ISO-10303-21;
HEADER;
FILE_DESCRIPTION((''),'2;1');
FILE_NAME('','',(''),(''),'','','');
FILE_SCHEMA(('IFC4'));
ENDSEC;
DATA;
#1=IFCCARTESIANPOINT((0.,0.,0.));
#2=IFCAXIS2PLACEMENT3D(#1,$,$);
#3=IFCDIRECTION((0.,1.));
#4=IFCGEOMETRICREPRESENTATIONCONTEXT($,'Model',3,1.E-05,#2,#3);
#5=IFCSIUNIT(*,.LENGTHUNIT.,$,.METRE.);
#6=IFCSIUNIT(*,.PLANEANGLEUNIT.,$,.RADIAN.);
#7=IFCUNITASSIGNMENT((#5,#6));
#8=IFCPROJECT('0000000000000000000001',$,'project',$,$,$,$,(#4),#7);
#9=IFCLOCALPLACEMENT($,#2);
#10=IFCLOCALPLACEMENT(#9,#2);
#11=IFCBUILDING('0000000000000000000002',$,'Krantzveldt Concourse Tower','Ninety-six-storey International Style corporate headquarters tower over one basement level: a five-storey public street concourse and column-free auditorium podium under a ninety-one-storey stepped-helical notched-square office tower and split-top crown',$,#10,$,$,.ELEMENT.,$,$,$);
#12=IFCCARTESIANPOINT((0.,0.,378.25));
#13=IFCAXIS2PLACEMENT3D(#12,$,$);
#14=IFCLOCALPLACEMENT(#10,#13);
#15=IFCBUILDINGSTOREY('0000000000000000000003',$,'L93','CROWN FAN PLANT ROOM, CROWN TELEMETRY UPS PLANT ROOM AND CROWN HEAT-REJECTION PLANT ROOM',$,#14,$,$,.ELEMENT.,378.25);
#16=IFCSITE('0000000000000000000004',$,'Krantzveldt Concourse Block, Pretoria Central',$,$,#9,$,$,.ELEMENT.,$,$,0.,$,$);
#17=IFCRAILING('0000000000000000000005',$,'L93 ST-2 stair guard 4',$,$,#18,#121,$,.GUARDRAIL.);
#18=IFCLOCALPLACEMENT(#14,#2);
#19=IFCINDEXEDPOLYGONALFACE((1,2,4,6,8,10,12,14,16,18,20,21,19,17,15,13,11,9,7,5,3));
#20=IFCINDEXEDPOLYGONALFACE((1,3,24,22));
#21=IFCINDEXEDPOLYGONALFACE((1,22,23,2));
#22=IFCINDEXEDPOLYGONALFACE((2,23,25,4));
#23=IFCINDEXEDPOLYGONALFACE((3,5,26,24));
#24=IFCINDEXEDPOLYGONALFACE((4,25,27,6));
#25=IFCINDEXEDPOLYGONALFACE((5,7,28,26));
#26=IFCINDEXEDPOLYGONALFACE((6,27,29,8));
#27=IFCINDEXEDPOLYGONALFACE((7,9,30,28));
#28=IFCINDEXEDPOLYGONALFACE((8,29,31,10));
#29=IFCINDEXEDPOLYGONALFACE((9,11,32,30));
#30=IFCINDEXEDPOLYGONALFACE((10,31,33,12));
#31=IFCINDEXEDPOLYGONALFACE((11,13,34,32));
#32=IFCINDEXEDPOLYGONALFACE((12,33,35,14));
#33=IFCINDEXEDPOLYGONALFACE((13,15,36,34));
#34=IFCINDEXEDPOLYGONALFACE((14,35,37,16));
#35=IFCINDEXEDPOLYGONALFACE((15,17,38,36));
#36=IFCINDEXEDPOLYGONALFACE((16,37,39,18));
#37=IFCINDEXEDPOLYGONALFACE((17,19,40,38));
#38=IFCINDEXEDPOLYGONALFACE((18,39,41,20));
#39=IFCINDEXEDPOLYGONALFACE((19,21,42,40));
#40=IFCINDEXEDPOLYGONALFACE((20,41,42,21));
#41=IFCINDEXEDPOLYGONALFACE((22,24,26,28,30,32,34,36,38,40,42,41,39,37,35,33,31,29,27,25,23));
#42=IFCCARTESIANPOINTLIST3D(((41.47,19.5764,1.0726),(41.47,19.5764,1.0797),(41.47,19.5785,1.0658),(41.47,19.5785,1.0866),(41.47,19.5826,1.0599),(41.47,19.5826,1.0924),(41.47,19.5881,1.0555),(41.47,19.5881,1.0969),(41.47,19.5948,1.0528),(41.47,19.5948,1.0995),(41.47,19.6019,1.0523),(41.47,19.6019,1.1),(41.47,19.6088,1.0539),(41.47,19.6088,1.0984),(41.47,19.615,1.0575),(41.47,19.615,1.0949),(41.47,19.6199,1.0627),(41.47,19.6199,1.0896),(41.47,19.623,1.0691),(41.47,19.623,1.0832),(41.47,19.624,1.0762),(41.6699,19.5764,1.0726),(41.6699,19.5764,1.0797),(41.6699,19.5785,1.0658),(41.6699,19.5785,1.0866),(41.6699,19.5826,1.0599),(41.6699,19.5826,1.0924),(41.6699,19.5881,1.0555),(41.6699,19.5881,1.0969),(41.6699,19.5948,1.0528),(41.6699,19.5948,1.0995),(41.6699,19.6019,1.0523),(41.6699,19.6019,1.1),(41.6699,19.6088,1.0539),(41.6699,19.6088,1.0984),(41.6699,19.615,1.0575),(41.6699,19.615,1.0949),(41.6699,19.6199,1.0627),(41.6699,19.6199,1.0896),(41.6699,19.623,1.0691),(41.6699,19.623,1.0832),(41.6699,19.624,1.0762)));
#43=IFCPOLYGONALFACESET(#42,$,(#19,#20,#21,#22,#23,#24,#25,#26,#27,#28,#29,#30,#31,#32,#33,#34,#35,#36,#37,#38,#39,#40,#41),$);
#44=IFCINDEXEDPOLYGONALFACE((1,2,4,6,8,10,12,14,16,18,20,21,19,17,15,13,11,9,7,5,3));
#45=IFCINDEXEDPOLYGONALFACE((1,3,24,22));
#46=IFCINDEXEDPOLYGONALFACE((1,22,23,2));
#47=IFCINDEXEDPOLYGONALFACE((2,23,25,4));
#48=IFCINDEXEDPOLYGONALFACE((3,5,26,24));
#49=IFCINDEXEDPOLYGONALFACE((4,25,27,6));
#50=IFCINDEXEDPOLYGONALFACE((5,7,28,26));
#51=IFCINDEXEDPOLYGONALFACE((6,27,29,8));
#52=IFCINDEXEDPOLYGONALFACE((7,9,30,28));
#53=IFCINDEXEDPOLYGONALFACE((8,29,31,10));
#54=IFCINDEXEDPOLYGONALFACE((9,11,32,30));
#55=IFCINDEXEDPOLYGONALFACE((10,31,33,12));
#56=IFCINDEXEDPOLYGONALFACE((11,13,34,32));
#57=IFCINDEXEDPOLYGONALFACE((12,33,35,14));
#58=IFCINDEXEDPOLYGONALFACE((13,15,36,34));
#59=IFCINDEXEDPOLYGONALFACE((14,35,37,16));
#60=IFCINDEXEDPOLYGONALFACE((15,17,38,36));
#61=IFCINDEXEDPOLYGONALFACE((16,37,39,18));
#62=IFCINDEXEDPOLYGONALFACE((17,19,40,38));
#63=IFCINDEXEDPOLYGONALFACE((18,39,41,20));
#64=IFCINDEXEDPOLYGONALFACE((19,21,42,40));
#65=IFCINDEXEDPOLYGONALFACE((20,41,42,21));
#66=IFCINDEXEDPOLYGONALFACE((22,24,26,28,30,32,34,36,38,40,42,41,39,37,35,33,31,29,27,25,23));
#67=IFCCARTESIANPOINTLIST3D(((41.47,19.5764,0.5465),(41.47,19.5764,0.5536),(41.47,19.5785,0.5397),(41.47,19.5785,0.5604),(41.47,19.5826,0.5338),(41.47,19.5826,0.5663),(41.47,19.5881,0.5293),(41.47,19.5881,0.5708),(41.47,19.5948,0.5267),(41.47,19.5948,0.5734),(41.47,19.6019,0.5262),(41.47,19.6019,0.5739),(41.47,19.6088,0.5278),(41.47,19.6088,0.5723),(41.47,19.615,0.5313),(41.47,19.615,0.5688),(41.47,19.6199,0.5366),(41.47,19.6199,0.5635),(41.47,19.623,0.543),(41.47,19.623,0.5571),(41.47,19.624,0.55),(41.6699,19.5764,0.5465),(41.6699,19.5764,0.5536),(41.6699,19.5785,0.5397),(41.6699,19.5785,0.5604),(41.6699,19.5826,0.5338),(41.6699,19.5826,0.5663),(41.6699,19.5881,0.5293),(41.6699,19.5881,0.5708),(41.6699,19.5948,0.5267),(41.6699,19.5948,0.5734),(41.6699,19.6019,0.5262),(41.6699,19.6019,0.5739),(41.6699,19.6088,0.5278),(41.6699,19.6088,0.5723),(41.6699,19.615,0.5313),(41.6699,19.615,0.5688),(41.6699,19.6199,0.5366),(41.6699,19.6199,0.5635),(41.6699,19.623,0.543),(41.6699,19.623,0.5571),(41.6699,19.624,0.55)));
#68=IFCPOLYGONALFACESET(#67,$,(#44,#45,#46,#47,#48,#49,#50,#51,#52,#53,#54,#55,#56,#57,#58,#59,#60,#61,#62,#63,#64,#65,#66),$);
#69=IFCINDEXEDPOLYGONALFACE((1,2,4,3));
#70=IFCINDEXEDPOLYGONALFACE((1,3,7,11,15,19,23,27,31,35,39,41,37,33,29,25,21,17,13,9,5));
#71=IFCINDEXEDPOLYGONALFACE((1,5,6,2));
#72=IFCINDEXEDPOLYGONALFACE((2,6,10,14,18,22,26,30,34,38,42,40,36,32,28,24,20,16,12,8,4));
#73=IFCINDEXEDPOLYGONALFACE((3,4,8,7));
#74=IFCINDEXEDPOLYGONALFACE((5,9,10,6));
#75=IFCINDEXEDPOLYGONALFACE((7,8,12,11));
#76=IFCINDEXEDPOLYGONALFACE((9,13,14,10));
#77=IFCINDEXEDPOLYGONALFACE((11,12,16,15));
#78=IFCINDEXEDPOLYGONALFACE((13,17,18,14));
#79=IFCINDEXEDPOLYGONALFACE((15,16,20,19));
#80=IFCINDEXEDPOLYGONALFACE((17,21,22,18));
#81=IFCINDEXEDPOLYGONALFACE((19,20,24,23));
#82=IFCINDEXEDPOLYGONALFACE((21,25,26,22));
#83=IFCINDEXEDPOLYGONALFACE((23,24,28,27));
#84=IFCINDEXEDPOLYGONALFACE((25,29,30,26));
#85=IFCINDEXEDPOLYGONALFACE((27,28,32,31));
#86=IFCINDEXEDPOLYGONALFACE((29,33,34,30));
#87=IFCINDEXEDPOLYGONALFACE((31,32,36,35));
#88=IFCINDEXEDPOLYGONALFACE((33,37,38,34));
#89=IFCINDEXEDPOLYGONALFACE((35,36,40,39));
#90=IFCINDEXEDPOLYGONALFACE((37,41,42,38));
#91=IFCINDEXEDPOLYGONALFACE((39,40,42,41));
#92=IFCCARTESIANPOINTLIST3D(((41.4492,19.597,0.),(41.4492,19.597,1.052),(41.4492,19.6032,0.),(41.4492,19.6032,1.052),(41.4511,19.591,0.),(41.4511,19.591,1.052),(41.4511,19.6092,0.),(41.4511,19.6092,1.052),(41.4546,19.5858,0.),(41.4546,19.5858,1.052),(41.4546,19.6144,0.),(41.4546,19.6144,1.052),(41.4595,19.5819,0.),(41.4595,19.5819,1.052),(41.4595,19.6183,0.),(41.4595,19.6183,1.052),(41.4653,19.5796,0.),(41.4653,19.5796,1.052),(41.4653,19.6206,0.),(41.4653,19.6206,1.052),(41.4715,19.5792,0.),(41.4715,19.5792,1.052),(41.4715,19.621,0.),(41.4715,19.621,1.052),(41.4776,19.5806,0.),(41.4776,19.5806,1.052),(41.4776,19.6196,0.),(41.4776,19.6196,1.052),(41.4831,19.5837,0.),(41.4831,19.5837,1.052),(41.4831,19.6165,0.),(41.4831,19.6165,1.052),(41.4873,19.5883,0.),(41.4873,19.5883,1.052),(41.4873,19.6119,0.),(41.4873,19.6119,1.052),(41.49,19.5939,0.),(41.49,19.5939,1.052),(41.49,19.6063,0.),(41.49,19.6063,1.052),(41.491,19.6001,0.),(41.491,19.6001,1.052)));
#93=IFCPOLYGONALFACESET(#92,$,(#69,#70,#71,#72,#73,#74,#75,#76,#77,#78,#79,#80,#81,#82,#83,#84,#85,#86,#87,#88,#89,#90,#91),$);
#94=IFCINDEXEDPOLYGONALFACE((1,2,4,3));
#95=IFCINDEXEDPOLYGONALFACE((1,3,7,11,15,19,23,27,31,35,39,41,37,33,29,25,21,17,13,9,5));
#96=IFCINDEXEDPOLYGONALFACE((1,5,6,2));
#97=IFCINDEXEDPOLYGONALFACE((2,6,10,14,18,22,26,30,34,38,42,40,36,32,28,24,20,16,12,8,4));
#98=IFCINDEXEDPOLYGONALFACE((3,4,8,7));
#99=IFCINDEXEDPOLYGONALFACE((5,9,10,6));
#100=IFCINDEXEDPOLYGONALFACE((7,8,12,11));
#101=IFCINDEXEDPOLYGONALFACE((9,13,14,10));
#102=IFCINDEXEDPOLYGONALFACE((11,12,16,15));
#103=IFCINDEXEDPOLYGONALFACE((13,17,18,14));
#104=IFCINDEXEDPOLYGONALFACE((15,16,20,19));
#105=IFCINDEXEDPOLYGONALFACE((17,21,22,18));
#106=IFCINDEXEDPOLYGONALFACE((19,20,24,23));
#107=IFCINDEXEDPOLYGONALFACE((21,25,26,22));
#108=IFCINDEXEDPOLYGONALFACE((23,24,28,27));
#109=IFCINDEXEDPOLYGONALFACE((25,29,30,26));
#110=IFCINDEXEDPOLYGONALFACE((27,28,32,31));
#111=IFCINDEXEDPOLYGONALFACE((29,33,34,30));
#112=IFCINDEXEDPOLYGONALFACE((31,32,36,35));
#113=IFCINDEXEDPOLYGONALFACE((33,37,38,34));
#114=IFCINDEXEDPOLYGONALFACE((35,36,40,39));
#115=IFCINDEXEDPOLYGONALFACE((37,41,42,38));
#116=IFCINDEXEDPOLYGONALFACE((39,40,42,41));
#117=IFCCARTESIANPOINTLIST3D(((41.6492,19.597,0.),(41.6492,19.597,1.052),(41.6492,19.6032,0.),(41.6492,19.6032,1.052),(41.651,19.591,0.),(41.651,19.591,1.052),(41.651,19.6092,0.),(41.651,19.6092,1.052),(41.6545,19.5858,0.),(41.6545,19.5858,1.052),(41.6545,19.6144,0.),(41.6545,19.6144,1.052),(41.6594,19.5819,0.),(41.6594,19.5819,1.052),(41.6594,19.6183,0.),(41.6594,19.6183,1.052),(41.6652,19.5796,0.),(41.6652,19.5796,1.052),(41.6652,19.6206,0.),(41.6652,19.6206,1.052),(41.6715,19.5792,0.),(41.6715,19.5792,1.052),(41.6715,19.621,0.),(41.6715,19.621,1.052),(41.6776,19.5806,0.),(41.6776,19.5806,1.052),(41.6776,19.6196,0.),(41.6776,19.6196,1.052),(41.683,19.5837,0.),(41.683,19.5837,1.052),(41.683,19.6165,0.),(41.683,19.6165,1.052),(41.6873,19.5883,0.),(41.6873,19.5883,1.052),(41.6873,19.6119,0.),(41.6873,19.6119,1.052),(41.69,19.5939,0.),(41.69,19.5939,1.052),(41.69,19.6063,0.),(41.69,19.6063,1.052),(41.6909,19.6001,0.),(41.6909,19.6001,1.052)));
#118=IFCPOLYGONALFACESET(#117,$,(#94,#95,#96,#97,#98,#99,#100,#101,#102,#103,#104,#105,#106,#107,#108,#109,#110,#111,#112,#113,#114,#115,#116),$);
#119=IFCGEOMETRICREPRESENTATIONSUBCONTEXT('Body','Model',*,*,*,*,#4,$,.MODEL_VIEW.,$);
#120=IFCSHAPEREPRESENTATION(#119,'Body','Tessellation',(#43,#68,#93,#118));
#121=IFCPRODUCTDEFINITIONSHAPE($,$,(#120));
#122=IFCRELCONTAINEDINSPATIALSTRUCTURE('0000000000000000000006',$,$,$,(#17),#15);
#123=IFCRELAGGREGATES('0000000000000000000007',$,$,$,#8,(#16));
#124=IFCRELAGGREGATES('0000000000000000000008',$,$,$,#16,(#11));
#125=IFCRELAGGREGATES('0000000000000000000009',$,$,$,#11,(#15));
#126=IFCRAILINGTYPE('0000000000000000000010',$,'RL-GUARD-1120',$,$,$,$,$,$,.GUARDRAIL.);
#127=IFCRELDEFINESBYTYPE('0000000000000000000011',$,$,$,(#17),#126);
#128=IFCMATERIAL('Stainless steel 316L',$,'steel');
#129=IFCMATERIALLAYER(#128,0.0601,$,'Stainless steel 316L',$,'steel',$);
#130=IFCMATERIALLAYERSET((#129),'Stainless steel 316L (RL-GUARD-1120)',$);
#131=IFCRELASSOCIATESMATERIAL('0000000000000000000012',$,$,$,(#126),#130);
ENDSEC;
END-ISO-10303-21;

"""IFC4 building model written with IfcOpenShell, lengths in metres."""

from ifc_helpers import new_model, si_unit, direction, frame, origin, origin_2d, place, context, subcontext, project, spatial, circle, extrude, material, layer, layer_set, type_object, element, save


model = new_model("IFC4")

# Units and contexts
model_context = context("Model", 3, precision=1e-05, world=origin(), true_north=direction((0.0, 1.0)))
body_context = subcontext(model_context, "Body", "Model", "MODEL_VIEW")
ifc_project = project(units=[si_unit("LENGTHUNIT", "METRE"), si_unit("PLANEANGLEUNIT", "RADIAN")], contexts=[model_context])

# Site, building, storey
site_placement = place(None, origin())
site = spatial("IfcSite", under=ifc_project, at=site_placement, Name="Krantzveldt Concourse Block, Pretoria Central", CompositionType="ELEMENT", RefElevation=0.0)
building_placement = place(site_placement, origin())
building = spatial("IfcBuilding", under=site, at=building_placement, Name="Krantzveldt Concourse Tower", Description="Ninety-six-storey International Style corporate headquarters tower over one basement level: a five-storey public street concourse and column-free auditorium podium under a ninety-one-storey stepped-helical notched-square office tower and split-top crown", CompositionType="ELEMENT")
storey_placement = place(building_placement, frame((0.0, 0.0, 378.25)))
storey = spatial("IfcBuildingStorey", under=building, at=storey_placement, Name="L93", Description="CROWN FAN PLANT ROOM, CROWN TELEMETRY UPS PLANT ROOM AND CROWN HEAT-REJECTION PLANT ROOM", CompositionType="ELEMENT", Elevation=378.25)

# Railing
ifc_material_1 = material(Name="Stainless steel 316L", Category="steel")
ifc_layer_1 = layer(ifc_material_1, 0.0601, Name="Stainless steel 316L", Category="steel")
ifc_layer_set_1 = layer_set([ifc_layer_1], Name="Stainless steel 316L (RL-GUARD-1120)")
railing_type_1 = type_object("IfcRailingType", Name="RL-GUARD-1120", PredefinedType="GUARDRAIL", material=ifc_layer_set_1)
railing_1_placement = place(storey_placement, frame((41.47, 19.6001, 0.0)))
element("IfcRailing", 1, at=railing_1_placement, inside=storey, type_object=railing_type_1, Name="L93 ST-2 stair guard 4", PredefinedType="GUARDRAIL", context=body_context, shape_type="SweptSolid", body=[
    extrude(circle(Radius=0.0239, at=origin_2d()), frame((0.0, 0.0, 1.0762), z_axis=(1.0, 0.0, 0.0), x_axis=(0.0, 1.0, 0.0)), (0.0, 0.0, 1.0), 0.2),
    extrude(circle(Radius=0.0239, at=origin_2d()), frame((0.0, 0.0, 0.55), z_axis=(1.0, 0.0, 0.0), x_axis=(0.0, 1.0, 0.0)), (0.0, 0.0, 1.0), 0.2),
    extrude(circle(Radius=0.021, at=origin_2d()), origin(), (0.0, 0.0, 1.0), 1.052),
    extrude(circle(Radius=0.021, at=origin_2d()), frame((0.2, 0.0, 0.0)), (0.0, 0.0, 1.0), 1.052),
])

save(model, "model.ifc")
